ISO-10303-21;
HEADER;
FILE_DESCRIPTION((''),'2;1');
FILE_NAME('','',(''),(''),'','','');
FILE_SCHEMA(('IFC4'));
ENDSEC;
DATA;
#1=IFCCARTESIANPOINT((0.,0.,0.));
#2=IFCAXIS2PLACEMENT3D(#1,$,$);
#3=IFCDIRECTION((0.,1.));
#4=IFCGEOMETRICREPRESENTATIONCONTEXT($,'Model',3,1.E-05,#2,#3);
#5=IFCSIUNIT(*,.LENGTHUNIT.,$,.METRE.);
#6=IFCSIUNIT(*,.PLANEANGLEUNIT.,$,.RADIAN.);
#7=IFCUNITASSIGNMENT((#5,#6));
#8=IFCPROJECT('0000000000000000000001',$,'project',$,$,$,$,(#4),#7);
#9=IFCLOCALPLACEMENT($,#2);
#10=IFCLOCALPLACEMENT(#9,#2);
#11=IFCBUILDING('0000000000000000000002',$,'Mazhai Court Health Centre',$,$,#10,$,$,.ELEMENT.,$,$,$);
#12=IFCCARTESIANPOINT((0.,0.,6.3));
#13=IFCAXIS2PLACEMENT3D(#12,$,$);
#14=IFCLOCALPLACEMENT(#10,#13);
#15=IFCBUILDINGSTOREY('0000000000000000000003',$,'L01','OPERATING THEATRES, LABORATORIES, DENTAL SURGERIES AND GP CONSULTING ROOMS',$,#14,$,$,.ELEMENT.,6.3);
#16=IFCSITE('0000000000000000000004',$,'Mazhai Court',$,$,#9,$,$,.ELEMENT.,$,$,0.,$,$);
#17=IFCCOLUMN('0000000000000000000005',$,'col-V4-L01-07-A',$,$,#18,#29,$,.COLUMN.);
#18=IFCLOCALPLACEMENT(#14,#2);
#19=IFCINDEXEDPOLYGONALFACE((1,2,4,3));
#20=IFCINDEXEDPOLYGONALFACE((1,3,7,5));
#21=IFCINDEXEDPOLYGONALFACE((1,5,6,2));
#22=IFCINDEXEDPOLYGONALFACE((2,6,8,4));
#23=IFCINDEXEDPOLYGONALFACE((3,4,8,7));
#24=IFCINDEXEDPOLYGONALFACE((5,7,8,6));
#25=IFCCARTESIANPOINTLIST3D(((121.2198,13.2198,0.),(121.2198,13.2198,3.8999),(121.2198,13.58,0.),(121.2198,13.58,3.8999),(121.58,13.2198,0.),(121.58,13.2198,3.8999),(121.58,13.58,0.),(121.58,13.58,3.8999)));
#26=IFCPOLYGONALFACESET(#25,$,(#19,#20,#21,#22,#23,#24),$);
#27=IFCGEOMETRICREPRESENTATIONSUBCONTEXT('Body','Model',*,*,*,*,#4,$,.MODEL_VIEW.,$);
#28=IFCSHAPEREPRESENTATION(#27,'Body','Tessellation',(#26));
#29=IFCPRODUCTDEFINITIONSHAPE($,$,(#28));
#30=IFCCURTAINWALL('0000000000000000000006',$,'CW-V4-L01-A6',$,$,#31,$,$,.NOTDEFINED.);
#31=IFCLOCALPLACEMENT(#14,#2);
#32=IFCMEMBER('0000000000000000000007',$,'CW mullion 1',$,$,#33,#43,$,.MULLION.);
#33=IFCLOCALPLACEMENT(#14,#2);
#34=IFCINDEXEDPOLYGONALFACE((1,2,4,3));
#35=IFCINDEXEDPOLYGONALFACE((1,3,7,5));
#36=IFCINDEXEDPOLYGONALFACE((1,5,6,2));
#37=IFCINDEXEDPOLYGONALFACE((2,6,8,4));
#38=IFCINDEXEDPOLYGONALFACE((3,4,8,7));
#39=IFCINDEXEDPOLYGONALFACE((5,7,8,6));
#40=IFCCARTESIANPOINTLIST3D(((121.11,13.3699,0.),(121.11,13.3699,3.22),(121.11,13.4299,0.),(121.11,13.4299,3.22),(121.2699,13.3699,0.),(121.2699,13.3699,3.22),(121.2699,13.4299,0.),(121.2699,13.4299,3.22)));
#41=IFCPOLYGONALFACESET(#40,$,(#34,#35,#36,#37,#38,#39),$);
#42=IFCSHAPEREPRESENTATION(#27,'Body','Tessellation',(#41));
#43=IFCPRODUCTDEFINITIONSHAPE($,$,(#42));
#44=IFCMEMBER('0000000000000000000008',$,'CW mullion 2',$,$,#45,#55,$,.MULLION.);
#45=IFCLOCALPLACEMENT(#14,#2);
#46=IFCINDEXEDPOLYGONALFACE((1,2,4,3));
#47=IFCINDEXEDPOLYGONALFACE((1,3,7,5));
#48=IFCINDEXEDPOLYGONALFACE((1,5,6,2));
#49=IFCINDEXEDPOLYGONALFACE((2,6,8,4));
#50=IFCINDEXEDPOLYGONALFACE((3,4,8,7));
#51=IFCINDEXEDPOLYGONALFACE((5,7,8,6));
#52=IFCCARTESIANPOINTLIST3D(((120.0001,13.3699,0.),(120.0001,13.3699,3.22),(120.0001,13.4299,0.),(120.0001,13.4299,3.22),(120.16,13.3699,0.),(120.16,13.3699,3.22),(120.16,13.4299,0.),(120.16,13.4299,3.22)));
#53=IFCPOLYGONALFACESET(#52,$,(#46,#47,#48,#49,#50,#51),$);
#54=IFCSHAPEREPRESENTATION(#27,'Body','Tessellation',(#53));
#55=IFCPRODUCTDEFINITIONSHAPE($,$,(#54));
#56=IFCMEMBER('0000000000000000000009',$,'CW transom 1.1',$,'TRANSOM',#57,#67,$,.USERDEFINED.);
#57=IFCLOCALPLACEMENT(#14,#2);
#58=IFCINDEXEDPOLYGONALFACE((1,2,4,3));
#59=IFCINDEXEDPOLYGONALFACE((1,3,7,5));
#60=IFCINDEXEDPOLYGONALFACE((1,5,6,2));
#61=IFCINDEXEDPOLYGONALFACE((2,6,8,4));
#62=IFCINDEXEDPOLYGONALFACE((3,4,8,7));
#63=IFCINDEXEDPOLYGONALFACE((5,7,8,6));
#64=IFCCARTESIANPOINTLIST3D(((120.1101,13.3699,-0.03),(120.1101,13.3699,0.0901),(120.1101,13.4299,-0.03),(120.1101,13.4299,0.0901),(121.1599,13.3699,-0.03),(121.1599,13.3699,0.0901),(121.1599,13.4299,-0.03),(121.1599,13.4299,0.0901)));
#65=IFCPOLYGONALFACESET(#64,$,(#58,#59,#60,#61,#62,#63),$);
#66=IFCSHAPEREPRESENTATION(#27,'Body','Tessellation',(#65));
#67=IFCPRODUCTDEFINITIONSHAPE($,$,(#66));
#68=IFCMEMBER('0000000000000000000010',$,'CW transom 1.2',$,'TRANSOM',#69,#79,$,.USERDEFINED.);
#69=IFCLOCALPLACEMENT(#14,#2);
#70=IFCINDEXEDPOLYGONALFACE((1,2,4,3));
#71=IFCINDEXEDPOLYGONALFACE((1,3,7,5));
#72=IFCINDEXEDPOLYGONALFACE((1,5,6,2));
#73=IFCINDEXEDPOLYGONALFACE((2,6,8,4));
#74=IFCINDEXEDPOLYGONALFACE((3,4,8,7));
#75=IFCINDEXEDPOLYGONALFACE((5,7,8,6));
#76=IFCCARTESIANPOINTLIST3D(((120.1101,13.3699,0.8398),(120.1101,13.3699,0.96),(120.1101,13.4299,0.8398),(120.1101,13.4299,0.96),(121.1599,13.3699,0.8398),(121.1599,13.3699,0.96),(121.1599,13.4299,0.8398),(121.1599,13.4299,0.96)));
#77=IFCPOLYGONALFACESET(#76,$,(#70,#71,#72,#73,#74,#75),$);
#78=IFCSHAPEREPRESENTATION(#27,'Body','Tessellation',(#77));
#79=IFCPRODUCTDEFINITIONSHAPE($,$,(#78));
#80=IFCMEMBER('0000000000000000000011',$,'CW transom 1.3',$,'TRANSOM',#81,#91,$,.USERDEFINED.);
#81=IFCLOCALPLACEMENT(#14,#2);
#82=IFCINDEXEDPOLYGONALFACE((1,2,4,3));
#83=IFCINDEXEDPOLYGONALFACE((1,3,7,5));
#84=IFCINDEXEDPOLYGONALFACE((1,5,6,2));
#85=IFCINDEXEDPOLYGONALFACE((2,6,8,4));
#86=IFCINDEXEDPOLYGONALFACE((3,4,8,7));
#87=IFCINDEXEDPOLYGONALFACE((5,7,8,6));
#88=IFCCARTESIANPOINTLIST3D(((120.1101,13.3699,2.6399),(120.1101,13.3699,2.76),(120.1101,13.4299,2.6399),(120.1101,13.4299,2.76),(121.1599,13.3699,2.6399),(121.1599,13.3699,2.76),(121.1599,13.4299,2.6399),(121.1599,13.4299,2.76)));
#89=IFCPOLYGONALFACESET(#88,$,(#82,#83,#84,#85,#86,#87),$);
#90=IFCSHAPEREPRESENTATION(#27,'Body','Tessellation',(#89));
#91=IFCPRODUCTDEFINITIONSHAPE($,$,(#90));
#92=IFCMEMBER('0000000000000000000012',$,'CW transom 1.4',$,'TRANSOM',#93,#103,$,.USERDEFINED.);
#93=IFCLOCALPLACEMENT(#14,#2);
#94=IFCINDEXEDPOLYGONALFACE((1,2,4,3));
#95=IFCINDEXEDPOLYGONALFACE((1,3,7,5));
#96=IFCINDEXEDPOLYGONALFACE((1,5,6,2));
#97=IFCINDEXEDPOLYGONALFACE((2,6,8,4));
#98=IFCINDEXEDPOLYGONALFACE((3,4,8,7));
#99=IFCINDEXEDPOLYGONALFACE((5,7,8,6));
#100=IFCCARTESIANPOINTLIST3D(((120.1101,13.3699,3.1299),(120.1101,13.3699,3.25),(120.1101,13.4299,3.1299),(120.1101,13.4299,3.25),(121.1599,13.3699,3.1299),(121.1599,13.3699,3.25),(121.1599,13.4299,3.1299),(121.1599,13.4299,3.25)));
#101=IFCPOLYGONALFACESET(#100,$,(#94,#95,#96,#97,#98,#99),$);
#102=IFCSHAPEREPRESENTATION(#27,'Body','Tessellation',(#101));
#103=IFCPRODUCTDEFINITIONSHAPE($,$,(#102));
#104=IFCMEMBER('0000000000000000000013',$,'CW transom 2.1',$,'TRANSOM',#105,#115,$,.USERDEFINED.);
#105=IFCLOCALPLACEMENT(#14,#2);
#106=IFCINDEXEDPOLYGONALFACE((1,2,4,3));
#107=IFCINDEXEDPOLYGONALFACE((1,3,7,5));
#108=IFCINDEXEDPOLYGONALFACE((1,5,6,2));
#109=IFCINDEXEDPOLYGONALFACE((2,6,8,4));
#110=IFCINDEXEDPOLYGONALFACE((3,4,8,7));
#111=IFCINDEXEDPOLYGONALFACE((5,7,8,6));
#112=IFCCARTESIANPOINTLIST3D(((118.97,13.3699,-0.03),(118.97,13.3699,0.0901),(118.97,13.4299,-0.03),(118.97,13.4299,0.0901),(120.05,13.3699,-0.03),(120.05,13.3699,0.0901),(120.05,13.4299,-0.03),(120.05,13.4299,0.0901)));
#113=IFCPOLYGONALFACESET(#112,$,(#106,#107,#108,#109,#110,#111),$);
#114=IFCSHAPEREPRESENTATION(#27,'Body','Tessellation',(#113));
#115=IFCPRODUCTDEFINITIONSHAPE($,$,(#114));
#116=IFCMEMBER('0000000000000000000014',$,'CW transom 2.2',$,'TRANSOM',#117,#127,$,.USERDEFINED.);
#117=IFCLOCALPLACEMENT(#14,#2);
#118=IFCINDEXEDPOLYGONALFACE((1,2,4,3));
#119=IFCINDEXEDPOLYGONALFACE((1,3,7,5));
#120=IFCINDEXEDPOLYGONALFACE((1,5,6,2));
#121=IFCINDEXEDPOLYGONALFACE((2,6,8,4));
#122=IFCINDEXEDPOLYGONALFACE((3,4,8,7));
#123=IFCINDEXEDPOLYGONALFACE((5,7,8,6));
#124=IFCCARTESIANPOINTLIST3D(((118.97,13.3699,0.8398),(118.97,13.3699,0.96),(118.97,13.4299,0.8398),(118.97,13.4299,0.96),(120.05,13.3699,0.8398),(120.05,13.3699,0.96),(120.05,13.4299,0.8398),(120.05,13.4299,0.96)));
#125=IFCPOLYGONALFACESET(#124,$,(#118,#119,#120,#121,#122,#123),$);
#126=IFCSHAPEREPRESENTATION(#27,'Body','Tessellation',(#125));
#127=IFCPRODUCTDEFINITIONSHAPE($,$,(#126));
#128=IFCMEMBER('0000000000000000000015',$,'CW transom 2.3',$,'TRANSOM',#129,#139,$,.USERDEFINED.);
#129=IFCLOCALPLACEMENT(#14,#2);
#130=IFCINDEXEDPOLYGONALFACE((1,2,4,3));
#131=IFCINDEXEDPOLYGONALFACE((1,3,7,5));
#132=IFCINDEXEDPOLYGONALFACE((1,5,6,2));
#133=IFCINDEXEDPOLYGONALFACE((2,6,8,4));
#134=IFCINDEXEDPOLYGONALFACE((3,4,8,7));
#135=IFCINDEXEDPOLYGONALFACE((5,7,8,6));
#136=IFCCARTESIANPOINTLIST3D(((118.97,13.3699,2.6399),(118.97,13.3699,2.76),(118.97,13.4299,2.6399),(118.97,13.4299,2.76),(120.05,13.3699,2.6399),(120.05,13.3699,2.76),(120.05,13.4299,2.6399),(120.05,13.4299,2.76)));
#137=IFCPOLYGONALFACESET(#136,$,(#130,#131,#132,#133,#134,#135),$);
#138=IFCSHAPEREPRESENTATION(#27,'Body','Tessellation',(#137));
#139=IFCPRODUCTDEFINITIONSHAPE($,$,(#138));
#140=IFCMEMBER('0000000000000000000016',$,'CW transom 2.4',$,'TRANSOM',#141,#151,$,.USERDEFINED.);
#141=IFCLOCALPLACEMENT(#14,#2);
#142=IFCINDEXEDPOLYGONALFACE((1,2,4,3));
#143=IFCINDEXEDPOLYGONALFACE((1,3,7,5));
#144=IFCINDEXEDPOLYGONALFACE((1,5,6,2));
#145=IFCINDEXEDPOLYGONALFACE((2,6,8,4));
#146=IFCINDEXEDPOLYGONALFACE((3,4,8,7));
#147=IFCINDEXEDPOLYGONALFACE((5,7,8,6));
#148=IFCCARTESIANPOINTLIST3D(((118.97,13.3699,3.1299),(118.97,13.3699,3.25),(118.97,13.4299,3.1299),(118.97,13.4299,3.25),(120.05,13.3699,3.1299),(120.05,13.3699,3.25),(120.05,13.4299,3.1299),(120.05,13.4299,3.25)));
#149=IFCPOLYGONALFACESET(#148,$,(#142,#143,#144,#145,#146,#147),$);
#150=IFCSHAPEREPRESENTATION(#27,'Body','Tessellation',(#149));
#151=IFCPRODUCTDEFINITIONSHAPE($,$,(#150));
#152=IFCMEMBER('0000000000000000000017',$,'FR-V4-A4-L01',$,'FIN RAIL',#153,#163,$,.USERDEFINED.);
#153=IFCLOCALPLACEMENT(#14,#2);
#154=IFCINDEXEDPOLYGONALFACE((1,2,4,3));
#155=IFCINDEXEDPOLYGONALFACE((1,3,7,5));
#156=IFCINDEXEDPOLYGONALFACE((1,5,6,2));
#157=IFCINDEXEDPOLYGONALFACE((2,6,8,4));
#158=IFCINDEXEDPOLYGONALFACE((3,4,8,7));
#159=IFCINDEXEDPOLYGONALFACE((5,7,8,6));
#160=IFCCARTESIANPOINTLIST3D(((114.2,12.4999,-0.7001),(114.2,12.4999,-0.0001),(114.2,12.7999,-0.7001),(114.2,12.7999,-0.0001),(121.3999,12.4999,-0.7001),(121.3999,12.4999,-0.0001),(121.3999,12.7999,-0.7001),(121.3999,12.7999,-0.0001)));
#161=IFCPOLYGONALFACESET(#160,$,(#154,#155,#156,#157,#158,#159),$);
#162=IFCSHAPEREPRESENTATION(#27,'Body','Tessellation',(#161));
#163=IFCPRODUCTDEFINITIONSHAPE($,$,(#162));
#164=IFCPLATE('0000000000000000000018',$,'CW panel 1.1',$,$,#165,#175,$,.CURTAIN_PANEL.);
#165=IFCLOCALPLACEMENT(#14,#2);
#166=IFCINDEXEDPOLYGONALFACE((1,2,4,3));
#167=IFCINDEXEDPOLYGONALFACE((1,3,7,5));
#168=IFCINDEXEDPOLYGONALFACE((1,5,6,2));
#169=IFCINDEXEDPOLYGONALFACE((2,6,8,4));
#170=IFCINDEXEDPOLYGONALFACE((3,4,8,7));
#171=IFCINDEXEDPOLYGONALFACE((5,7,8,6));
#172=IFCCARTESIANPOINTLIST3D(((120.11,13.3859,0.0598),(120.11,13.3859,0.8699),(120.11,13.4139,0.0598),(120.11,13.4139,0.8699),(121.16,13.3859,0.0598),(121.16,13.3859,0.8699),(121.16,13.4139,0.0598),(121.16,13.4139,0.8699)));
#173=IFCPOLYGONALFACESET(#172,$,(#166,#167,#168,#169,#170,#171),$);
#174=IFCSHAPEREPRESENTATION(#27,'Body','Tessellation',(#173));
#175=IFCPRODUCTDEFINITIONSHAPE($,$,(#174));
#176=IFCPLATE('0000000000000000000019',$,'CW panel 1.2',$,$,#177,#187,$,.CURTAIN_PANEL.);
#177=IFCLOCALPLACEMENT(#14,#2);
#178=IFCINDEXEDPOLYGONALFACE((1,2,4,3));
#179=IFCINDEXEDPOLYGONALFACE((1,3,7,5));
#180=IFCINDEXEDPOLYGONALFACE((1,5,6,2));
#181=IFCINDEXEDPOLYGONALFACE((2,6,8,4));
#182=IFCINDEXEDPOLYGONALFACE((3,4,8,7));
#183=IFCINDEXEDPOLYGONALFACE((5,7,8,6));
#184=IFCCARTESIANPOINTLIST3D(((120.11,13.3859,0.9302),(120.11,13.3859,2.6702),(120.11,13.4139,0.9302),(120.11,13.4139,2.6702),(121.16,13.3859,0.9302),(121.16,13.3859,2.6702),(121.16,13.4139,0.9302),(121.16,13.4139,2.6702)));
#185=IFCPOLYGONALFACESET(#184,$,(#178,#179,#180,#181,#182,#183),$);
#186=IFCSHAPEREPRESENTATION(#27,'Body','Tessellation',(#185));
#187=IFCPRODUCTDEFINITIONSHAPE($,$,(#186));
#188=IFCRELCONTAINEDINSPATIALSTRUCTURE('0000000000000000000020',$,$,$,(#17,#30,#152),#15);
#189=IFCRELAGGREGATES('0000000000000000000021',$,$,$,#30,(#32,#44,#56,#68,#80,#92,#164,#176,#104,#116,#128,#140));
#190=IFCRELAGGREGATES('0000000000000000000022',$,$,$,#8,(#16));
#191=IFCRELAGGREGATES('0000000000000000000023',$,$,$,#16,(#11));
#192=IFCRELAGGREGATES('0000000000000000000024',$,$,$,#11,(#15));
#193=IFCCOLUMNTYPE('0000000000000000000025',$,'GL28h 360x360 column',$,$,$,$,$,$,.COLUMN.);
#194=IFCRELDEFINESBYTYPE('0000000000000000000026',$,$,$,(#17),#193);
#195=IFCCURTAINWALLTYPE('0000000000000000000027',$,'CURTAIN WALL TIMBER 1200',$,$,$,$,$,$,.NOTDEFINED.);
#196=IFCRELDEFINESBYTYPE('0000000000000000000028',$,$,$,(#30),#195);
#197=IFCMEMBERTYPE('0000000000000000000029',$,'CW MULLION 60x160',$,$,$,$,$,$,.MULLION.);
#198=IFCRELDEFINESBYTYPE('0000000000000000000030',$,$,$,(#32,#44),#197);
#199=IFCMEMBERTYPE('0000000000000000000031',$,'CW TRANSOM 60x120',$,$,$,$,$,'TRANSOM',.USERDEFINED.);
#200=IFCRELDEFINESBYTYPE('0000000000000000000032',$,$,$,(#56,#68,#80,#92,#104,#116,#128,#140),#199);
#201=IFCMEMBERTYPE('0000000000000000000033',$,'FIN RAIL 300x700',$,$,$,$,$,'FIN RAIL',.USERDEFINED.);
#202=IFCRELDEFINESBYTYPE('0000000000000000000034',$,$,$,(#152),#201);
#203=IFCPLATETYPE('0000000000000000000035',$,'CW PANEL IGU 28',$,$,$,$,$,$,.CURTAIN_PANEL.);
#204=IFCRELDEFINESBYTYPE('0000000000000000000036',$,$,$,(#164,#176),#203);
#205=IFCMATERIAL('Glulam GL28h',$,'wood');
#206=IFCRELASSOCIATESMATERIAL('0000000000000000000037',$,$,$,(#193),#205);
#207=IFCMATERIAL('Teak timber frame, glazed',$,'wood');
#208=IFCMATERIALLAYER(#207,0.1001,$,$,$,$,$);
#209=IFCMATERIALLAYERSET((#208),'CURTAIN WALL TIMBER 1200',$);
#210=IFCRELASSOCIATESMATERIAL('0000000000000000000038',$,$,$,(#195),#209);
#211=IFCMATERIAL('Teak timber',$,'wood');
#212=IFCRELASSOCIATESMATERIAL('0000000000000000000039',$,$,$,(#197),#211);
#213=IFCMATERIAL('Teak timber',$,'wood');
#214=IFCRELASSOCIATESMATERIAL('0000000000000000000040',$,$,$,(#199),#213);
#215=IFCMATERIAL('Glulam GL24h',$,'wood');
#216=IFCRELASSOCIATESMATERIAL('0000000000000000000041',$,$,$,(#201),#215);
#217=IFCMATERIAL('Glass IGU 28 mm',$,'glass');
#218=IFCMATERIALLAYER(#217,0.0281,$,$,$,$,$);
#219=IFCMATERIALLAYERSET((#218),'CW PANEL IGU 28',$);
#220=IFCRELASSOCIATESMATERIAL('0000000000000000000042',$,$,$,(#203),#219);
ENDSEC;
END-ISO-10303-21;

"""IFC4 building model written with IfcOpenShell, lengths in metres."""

from ifc_helpers import new_model, si_unit, direction, frame, origin, origin_2d, place, context, subcontext, project, spatial, rectangle, extrude, material, layer, layer_set, material_profile, profile_set, type_object, element, aggregate, save


model = new_model("IFC4")

# Units and contexts
model_context = context("Model", 3, precision=1e-05, world=origin(), true_north=direction((0.0, 1.0)))
body_context = subcontext(model_context, "Body", "Model", "MODEL_VIEW")
ifc_project = project(units=[si_unit("LENGTHUNIT", "METRE"), si_unit("PLANEANGLEUNIT", "RADIAN")], contexts=[model_context])

# Site, building, storey
site_placement = place(None, origin())
site = spatial("IfcSite", under=ifc_project, at=site_placement, Name="Mazhai Court", CompositionType="ELEMENT", RefElevation=0.0)
building_placement = place(site_placement, origin())
building = spatial("IfcBuilding", under=site, at=building_placement, Name="Mazhai Court Health Centre", CompositionType="ELEMENT")
storey_placement = place(building_placement, frame((0.0, 0.0, 6.3)))
storey = spatial("IfcBuildingStorey", under=building, at=storey_placement, Name="L01", Description="OPERATING THEATRES, LABORATORIES, DENTAL SURGERIES AND GP CONSULTING ROOMS", CompositionType="ELEMENT", Elevation=6.3)

# Column
ifc_material_1 = material(Name="Glulam GL28h", Category="wood")
ifc_material_profile_1 = material_profile(ifc_material_1, rectangle(XDim=0.3601, YDim=0.3601, at=origin_2d()), Name="GL28h 360x360")
ifc_profile_set_1 = profile_set([ifc_material_profile_1], Name="Glulam GL28h")
column_type = type_object("IfcColumnType", Name="GL28h 360x360 column", PredefinedType="COLUMN", material=ifc_profile_set_1)
column_placement = place(storey_placement, frame((121.3999, 13.3999, 0.0), z_axis=(0.0, 0.0, 1.0), x_axis=(1.0, 0.0, 0.0)))
element("IfcColumn", 1, at=column_placement, inside=storey, type_object=column_type, Name="col-V4-L01-07-A", PredefinedType="COLUMN", context=body_context, shape_type="SweptSolid", body=[
    extrude(rectangle(XDim=0.3601, YDim=0.3601, at=origin_2d()), origin(), (0.0, 0.0, 1.0), 3.8999),
])

# Curtain wall, members
ifc_material_2 = material(Name="Teak timber frame, glazed", Category="wood")
ifc_layer_1 = layer(ifc_material_2, 0.1001)
ifc_layer_set_1 = layer_set([ifc_layer_1], Name="CURTAIN WALL TIMBER 1200")
curtain_wall_type = type_object("IfcCurtainWallType", Name="CURTAIN WALL TIMBER 1200", PredefinedType="NOTDEFINED", material=ifc_layer_set_1)
curtain_wall_placement = place(storey_placement, origin())
curtain_wall = element("IfcCurtainWall", 2, at=curtain_wall_placement, inside=storey, type_object=curtain_wall_type, Name="CW-V4-L01-A6", PredefinedType="NOTDEFINED")
ifc_material_3 = material(Name="Teak timber", Category="wood")
ifc_material_profile_2 = material_profile(ifc_material_3, rectangle(XDim=0.0601, YDim=0.1599, at=origin_2d()), Name="CW MULLION 60x160")
ifc_profile_set_2 = profile_set([ifc_material_profile_2], Name="Teak timber")
member_type_1 = type_object("IfcMemberType", Name="CW MULLION 60x160", PredefinedType="MULLION", material=ifc_profile_set_2)
member_1_placement = place(storey_placement, frame((121.1899, 13.3999, 0.0), z_axis=(0.0, 0.0, 1.0), x_axis=(0.0, -1.0, 0.0)))
member_1 = element("IfcMember", 3, at=member_1_placement, type_object=member_type_1, Name="CW mullion 1", PredefinedType="MULLION", context=body_context, shape_type="SweptSolid", body=[
    extrude(rectangle(XDim=0.0601, YDim=0.1599, at=origin_2d()), origin(), (0.0, 0.0, 1.0), 3.22),
])
member_2_placement = place(storey_placement, frame((120.0801, 13.3999, 0.0), z_axis=(0.0, 0.0, 1.0), x_axis=(0.0, -1.0, 0.0)))
member_2 = element("IfcMember", 4, at=member_2_placement, type_object=member_type_1, Name="CW mullion 2", PredefinedType="MULLION", context=body_context, shape_type="SweptSolid", body=[
    extrude(rectangle(XDim=0.0601, YDim=0.1599, at=origin_2d()), origin(), (0.0, 0.0, 1.0), 3.22),
])
ifc_material_4 = material(Name="Teak timber", Category="wood")
ifc_material_profile_3 = material_profile(ifc_material_4, rectangle(XDim=0.0601, YDim=0.1201, at=origin_2d()), Name="CW TRANSOM 60x120")
ifc_profile_set_3 = profile_set([ifc_material_profile_3], Name="Teak timber")
member_type_2 = type_object("IfcMemberType", Name="CW TRANSOM 60x120", ElementType="TRANSOM", PredefinedType="USERDEFINED", material=ifc_profile_set_3)
member_3_placement = place(storey_placement, frame((121.1599, 13.3999, 0.03), z_axis=(-1.0, 0.0, 0.0), x_axis=(0.0, -1.0, 0.0)))
member_3 = element("IfcMember", 5, at=member_3_placement, type_object=member_type_2, Name="CW transom 1.1", ObjectType="TRANSOM", PredefinedType="USERDEFINED", context=body_context, shape_type="SweptSolid", body=[
    extrude(rectangle(XDim=0.0601, YDim=0.1201, at=origin_2d()), origin(), (0.0, 0.0, 1.0), 1.0498),
])
member_4_placement = place(storey_placement, frame((121.1599, 13.3999, 0.8999), z_axis=(-1.0, 0.0, 0.0), x_axis=(0.0, -1.0, 0.0)))
member_4 = element("IfcMember", 6, at=member_4_placement, type_object=member_type_2, Name="CW transom 1.2", ObjectType="TRANSOM", PredefinedType="USERDEFINED", context=body_context, shape_type="SweptSolid", body=[
    extrude(rectangle(XDim=0.0601, YDim=0.1201, at=origin_2d()), origin(), (0.0, 0.0, 1.0), 1.0498),
])
member_5_placement = place(storey_placement, frame((121.1599, 13.3999, 2.7), z_axis=(-1.0, 0.0, 0.0), x_axis=(0.0, -1.0, 0.0)))
member_5 = element("IfcMember", 7, at=member_5_placement, type_object=member_type_2, Name="CW transom 1.3", ObjectType="TRANSOM", PredefinedType="USERDEFINED", context=body_context, shape_type="SweptSolid", body=[
    extrude(rectangle(XDim=0.0601, YDim=0.1201, at=origin_2d()), origin(), (0.0, 0.0, 1.0), 1.0498),
])
member_6_placement = place(storey_placement, frame((121.1599, 13.3999, 3.1899), z_axis=(-1.0, 0.0, 0.0), x_axis=(0.0, -1.0, 0.0)))
member_6 = element("IfcMember", 8, at=member_6_placement, type_object=member_type_2, Name="CW transom 1.4", ObjectType="TRANSOM", PredefinedType="USERDEFINED", context=body_context, shape_type="SweptSolid", body=[
    extrude(rectangle(XDim=0.0601, YDim=0.1201, at=origin_2d()), origin(), (0.0, 0.0, 1.0), 1.0498),
])
member_7_placement = place(storey_placement, frame((120.05, 13.3999, 0.03), z_axis=(-1.0, 0.0, 0.0), x_axis=(0.0, -1.0, 0.0)))
member_7 = element("IfcMember", 9, at=member_7_placement, type_object=member_type_2, Name="CW transom 2.1", ObjectType="TRANSOM", PredefinedType="USERDEFINED", context=body_context, shape_type="SweptSolid", body=[
    extrude(rectangle(XDim=0.0601, YDim=0.1201, at=origin_2d()), origin(), (0.0, 0.0, 1.0), 1.0801),
])
member_8_placement = place(storey_placement, frame((120.05, 13.3999, 0.8999), z_axis=(-1.0, 0.0, 0.0), x_axis=(0.0, -1.0, 0.0)))
member_8 = element("IfcMember", 10, at=member_8_placement, type_object=member_type_2, Name="CW transom 2.2", ObjectType="TRANSOM", PredefinedType="USERDEFINED", context=body_context, shape_type="SweptSolid", body=[
    extrude(rectangle(XDim=0.0601, YDim=0.1201, at=origin_2d()), origin(), (0.0, 0.0, 1.0), 1.0801),
])
member_9_placement = place(storey_placement, frame((120.05, 13.3999, 2.7), z_axis=(-1.0, 0.0, 0.0), x_axis=(0.0, -1.0, 0.0)))
member_9 = element("IfcMember", 11, at=member_9_placement, type_object=member_type_2, Name="CW transom 2.3", ObjectType="TRANSOM", PredefinedType="USERDEFINED", context=body_context, shape_type="SweptSolid", body=[
    extrude(rectangle(XDim=0.0601, YDim=0.1201, at=origin_2d()), origin(), (0.0, 0.0, 1.0), 1.0801),
])
member_10_placement = place(storey_placement, frame((120.05, 13.3999, 3.1899), z_axis=(-1.0, 0.0, 0.0), x_axis=(0.0, -1.0, 0.0)))
member_10 = element("IfcMember", 12, at=member_10_placement, type_object=member_type_2, Name="CW transom 2.4", ObjectType="TRANSOM", PredefinedType="USERDEFINED", context=body_context, shape_type="SweptSolid", body=[
    extrude(rectangle(XDim=0.0601, YDim=0.1201, at=origin_2d()), origin(), (0.0, 0.0, 1.0), 1.0801),
])

# Member
ifc_material_5 = material(Name="Glulam GL24h", Category="wood")
ifc_material_profile_4 = material_profile(ifc_material_5, rectangle(XDim=0.3, YDim=0.7, at=origin_2d()), Name="FIN RAIL 300x700")
ifc_profile_set_4 = profile_set([ifc_material_profile_4], Name="Glulam GL24h")
member_type_3 = type_object("IfcMemberType", Name="FIN RAIL 300x700", ElementType="FIN RAIL", PredefinedType="USERDEFINED", material=ifc_profile_set_4)
member_11_placement = place(storey_placement, frame((121.3999, 12.6499, -0.3501), z_axis=(-1.0, 0.0, 0.0), x_axis=(0.0, -1.0, 0.0)))
element("IfcMember", 13, at=member_11_placement, inside=storey, type_object=member_type_3, Name="FR-V4-A4-L01", ObjectType="FIN RAIL", PredefinedType="USERDEFINED", context=body_context, shape_type="SweptSolid", body=[
    extrude(rectangle(XDim=0.3, YDim=0.7, at=origin_2d()), origin(), (0.0, 0.0, 1.0), 7.2),
])

# Plates
ifc_material_6 = material(Name="Glass IGU 28 mm", Category="glass")
ifc_layer_2 = layer(ifc_material_6, 0.0281)
ifc_layer_set_2 = layer_set([ifc_layer_2], Name="CW PANEL IGU 28")
plate_type = type_object("IfcPlateType", Name="CW PANEL IGU 28", PredefinedType="CURTAIN_PANEL", material=ifc_layer_set_2)
plate_1_placement = place(storey_placement, frame((120.635, 13.3999, 0.0598), z_axis=(0.0, 0.0, 1.0), x_axis=(-1.0, 0.0, 0.0)))
plate_1 = element("IfcPlate", 14, at=plate_1_placement, type_object=plate_type, Name="CW panel 1.1", PredefinedType="CURTAIN_PANEL", context=body_context, shape_type="SweptSolid", body=[
    extrude(rectangle(XDim=1.05, YDim=0.0281, at=origin_2d()), origin(), (0.0, 0.0, 1.0), 0.8101),
])
plate_2_placement = place(storey_placement, frame((120.635, 13.3999, 0.9302), z_axis=(0.0, 0.0, 1.0), x_axis=(-1.0, 0.0, 0.0)))
plate_2 = element("IfcPlate", 15, at=plate_2_placement, type_object=plate_type, Name="CW panel 1.2", PredefinedType="CURTAIN_PANEL", context=body_context, shape_type="SweptSolid", body=[
    extrude(rectangle(XDim=1.05, YDim=0.0281, at=origin_2d()), origin(), (0.0, 0.0, 1.0), 1.74),
])
aggregate(curtain_wall, [member_1, member_2, member_3, member_4, member_5, member_6, plate_1, plate_2, member_7, member_8, member_9, member_10])

save(model, "model.ifc")
